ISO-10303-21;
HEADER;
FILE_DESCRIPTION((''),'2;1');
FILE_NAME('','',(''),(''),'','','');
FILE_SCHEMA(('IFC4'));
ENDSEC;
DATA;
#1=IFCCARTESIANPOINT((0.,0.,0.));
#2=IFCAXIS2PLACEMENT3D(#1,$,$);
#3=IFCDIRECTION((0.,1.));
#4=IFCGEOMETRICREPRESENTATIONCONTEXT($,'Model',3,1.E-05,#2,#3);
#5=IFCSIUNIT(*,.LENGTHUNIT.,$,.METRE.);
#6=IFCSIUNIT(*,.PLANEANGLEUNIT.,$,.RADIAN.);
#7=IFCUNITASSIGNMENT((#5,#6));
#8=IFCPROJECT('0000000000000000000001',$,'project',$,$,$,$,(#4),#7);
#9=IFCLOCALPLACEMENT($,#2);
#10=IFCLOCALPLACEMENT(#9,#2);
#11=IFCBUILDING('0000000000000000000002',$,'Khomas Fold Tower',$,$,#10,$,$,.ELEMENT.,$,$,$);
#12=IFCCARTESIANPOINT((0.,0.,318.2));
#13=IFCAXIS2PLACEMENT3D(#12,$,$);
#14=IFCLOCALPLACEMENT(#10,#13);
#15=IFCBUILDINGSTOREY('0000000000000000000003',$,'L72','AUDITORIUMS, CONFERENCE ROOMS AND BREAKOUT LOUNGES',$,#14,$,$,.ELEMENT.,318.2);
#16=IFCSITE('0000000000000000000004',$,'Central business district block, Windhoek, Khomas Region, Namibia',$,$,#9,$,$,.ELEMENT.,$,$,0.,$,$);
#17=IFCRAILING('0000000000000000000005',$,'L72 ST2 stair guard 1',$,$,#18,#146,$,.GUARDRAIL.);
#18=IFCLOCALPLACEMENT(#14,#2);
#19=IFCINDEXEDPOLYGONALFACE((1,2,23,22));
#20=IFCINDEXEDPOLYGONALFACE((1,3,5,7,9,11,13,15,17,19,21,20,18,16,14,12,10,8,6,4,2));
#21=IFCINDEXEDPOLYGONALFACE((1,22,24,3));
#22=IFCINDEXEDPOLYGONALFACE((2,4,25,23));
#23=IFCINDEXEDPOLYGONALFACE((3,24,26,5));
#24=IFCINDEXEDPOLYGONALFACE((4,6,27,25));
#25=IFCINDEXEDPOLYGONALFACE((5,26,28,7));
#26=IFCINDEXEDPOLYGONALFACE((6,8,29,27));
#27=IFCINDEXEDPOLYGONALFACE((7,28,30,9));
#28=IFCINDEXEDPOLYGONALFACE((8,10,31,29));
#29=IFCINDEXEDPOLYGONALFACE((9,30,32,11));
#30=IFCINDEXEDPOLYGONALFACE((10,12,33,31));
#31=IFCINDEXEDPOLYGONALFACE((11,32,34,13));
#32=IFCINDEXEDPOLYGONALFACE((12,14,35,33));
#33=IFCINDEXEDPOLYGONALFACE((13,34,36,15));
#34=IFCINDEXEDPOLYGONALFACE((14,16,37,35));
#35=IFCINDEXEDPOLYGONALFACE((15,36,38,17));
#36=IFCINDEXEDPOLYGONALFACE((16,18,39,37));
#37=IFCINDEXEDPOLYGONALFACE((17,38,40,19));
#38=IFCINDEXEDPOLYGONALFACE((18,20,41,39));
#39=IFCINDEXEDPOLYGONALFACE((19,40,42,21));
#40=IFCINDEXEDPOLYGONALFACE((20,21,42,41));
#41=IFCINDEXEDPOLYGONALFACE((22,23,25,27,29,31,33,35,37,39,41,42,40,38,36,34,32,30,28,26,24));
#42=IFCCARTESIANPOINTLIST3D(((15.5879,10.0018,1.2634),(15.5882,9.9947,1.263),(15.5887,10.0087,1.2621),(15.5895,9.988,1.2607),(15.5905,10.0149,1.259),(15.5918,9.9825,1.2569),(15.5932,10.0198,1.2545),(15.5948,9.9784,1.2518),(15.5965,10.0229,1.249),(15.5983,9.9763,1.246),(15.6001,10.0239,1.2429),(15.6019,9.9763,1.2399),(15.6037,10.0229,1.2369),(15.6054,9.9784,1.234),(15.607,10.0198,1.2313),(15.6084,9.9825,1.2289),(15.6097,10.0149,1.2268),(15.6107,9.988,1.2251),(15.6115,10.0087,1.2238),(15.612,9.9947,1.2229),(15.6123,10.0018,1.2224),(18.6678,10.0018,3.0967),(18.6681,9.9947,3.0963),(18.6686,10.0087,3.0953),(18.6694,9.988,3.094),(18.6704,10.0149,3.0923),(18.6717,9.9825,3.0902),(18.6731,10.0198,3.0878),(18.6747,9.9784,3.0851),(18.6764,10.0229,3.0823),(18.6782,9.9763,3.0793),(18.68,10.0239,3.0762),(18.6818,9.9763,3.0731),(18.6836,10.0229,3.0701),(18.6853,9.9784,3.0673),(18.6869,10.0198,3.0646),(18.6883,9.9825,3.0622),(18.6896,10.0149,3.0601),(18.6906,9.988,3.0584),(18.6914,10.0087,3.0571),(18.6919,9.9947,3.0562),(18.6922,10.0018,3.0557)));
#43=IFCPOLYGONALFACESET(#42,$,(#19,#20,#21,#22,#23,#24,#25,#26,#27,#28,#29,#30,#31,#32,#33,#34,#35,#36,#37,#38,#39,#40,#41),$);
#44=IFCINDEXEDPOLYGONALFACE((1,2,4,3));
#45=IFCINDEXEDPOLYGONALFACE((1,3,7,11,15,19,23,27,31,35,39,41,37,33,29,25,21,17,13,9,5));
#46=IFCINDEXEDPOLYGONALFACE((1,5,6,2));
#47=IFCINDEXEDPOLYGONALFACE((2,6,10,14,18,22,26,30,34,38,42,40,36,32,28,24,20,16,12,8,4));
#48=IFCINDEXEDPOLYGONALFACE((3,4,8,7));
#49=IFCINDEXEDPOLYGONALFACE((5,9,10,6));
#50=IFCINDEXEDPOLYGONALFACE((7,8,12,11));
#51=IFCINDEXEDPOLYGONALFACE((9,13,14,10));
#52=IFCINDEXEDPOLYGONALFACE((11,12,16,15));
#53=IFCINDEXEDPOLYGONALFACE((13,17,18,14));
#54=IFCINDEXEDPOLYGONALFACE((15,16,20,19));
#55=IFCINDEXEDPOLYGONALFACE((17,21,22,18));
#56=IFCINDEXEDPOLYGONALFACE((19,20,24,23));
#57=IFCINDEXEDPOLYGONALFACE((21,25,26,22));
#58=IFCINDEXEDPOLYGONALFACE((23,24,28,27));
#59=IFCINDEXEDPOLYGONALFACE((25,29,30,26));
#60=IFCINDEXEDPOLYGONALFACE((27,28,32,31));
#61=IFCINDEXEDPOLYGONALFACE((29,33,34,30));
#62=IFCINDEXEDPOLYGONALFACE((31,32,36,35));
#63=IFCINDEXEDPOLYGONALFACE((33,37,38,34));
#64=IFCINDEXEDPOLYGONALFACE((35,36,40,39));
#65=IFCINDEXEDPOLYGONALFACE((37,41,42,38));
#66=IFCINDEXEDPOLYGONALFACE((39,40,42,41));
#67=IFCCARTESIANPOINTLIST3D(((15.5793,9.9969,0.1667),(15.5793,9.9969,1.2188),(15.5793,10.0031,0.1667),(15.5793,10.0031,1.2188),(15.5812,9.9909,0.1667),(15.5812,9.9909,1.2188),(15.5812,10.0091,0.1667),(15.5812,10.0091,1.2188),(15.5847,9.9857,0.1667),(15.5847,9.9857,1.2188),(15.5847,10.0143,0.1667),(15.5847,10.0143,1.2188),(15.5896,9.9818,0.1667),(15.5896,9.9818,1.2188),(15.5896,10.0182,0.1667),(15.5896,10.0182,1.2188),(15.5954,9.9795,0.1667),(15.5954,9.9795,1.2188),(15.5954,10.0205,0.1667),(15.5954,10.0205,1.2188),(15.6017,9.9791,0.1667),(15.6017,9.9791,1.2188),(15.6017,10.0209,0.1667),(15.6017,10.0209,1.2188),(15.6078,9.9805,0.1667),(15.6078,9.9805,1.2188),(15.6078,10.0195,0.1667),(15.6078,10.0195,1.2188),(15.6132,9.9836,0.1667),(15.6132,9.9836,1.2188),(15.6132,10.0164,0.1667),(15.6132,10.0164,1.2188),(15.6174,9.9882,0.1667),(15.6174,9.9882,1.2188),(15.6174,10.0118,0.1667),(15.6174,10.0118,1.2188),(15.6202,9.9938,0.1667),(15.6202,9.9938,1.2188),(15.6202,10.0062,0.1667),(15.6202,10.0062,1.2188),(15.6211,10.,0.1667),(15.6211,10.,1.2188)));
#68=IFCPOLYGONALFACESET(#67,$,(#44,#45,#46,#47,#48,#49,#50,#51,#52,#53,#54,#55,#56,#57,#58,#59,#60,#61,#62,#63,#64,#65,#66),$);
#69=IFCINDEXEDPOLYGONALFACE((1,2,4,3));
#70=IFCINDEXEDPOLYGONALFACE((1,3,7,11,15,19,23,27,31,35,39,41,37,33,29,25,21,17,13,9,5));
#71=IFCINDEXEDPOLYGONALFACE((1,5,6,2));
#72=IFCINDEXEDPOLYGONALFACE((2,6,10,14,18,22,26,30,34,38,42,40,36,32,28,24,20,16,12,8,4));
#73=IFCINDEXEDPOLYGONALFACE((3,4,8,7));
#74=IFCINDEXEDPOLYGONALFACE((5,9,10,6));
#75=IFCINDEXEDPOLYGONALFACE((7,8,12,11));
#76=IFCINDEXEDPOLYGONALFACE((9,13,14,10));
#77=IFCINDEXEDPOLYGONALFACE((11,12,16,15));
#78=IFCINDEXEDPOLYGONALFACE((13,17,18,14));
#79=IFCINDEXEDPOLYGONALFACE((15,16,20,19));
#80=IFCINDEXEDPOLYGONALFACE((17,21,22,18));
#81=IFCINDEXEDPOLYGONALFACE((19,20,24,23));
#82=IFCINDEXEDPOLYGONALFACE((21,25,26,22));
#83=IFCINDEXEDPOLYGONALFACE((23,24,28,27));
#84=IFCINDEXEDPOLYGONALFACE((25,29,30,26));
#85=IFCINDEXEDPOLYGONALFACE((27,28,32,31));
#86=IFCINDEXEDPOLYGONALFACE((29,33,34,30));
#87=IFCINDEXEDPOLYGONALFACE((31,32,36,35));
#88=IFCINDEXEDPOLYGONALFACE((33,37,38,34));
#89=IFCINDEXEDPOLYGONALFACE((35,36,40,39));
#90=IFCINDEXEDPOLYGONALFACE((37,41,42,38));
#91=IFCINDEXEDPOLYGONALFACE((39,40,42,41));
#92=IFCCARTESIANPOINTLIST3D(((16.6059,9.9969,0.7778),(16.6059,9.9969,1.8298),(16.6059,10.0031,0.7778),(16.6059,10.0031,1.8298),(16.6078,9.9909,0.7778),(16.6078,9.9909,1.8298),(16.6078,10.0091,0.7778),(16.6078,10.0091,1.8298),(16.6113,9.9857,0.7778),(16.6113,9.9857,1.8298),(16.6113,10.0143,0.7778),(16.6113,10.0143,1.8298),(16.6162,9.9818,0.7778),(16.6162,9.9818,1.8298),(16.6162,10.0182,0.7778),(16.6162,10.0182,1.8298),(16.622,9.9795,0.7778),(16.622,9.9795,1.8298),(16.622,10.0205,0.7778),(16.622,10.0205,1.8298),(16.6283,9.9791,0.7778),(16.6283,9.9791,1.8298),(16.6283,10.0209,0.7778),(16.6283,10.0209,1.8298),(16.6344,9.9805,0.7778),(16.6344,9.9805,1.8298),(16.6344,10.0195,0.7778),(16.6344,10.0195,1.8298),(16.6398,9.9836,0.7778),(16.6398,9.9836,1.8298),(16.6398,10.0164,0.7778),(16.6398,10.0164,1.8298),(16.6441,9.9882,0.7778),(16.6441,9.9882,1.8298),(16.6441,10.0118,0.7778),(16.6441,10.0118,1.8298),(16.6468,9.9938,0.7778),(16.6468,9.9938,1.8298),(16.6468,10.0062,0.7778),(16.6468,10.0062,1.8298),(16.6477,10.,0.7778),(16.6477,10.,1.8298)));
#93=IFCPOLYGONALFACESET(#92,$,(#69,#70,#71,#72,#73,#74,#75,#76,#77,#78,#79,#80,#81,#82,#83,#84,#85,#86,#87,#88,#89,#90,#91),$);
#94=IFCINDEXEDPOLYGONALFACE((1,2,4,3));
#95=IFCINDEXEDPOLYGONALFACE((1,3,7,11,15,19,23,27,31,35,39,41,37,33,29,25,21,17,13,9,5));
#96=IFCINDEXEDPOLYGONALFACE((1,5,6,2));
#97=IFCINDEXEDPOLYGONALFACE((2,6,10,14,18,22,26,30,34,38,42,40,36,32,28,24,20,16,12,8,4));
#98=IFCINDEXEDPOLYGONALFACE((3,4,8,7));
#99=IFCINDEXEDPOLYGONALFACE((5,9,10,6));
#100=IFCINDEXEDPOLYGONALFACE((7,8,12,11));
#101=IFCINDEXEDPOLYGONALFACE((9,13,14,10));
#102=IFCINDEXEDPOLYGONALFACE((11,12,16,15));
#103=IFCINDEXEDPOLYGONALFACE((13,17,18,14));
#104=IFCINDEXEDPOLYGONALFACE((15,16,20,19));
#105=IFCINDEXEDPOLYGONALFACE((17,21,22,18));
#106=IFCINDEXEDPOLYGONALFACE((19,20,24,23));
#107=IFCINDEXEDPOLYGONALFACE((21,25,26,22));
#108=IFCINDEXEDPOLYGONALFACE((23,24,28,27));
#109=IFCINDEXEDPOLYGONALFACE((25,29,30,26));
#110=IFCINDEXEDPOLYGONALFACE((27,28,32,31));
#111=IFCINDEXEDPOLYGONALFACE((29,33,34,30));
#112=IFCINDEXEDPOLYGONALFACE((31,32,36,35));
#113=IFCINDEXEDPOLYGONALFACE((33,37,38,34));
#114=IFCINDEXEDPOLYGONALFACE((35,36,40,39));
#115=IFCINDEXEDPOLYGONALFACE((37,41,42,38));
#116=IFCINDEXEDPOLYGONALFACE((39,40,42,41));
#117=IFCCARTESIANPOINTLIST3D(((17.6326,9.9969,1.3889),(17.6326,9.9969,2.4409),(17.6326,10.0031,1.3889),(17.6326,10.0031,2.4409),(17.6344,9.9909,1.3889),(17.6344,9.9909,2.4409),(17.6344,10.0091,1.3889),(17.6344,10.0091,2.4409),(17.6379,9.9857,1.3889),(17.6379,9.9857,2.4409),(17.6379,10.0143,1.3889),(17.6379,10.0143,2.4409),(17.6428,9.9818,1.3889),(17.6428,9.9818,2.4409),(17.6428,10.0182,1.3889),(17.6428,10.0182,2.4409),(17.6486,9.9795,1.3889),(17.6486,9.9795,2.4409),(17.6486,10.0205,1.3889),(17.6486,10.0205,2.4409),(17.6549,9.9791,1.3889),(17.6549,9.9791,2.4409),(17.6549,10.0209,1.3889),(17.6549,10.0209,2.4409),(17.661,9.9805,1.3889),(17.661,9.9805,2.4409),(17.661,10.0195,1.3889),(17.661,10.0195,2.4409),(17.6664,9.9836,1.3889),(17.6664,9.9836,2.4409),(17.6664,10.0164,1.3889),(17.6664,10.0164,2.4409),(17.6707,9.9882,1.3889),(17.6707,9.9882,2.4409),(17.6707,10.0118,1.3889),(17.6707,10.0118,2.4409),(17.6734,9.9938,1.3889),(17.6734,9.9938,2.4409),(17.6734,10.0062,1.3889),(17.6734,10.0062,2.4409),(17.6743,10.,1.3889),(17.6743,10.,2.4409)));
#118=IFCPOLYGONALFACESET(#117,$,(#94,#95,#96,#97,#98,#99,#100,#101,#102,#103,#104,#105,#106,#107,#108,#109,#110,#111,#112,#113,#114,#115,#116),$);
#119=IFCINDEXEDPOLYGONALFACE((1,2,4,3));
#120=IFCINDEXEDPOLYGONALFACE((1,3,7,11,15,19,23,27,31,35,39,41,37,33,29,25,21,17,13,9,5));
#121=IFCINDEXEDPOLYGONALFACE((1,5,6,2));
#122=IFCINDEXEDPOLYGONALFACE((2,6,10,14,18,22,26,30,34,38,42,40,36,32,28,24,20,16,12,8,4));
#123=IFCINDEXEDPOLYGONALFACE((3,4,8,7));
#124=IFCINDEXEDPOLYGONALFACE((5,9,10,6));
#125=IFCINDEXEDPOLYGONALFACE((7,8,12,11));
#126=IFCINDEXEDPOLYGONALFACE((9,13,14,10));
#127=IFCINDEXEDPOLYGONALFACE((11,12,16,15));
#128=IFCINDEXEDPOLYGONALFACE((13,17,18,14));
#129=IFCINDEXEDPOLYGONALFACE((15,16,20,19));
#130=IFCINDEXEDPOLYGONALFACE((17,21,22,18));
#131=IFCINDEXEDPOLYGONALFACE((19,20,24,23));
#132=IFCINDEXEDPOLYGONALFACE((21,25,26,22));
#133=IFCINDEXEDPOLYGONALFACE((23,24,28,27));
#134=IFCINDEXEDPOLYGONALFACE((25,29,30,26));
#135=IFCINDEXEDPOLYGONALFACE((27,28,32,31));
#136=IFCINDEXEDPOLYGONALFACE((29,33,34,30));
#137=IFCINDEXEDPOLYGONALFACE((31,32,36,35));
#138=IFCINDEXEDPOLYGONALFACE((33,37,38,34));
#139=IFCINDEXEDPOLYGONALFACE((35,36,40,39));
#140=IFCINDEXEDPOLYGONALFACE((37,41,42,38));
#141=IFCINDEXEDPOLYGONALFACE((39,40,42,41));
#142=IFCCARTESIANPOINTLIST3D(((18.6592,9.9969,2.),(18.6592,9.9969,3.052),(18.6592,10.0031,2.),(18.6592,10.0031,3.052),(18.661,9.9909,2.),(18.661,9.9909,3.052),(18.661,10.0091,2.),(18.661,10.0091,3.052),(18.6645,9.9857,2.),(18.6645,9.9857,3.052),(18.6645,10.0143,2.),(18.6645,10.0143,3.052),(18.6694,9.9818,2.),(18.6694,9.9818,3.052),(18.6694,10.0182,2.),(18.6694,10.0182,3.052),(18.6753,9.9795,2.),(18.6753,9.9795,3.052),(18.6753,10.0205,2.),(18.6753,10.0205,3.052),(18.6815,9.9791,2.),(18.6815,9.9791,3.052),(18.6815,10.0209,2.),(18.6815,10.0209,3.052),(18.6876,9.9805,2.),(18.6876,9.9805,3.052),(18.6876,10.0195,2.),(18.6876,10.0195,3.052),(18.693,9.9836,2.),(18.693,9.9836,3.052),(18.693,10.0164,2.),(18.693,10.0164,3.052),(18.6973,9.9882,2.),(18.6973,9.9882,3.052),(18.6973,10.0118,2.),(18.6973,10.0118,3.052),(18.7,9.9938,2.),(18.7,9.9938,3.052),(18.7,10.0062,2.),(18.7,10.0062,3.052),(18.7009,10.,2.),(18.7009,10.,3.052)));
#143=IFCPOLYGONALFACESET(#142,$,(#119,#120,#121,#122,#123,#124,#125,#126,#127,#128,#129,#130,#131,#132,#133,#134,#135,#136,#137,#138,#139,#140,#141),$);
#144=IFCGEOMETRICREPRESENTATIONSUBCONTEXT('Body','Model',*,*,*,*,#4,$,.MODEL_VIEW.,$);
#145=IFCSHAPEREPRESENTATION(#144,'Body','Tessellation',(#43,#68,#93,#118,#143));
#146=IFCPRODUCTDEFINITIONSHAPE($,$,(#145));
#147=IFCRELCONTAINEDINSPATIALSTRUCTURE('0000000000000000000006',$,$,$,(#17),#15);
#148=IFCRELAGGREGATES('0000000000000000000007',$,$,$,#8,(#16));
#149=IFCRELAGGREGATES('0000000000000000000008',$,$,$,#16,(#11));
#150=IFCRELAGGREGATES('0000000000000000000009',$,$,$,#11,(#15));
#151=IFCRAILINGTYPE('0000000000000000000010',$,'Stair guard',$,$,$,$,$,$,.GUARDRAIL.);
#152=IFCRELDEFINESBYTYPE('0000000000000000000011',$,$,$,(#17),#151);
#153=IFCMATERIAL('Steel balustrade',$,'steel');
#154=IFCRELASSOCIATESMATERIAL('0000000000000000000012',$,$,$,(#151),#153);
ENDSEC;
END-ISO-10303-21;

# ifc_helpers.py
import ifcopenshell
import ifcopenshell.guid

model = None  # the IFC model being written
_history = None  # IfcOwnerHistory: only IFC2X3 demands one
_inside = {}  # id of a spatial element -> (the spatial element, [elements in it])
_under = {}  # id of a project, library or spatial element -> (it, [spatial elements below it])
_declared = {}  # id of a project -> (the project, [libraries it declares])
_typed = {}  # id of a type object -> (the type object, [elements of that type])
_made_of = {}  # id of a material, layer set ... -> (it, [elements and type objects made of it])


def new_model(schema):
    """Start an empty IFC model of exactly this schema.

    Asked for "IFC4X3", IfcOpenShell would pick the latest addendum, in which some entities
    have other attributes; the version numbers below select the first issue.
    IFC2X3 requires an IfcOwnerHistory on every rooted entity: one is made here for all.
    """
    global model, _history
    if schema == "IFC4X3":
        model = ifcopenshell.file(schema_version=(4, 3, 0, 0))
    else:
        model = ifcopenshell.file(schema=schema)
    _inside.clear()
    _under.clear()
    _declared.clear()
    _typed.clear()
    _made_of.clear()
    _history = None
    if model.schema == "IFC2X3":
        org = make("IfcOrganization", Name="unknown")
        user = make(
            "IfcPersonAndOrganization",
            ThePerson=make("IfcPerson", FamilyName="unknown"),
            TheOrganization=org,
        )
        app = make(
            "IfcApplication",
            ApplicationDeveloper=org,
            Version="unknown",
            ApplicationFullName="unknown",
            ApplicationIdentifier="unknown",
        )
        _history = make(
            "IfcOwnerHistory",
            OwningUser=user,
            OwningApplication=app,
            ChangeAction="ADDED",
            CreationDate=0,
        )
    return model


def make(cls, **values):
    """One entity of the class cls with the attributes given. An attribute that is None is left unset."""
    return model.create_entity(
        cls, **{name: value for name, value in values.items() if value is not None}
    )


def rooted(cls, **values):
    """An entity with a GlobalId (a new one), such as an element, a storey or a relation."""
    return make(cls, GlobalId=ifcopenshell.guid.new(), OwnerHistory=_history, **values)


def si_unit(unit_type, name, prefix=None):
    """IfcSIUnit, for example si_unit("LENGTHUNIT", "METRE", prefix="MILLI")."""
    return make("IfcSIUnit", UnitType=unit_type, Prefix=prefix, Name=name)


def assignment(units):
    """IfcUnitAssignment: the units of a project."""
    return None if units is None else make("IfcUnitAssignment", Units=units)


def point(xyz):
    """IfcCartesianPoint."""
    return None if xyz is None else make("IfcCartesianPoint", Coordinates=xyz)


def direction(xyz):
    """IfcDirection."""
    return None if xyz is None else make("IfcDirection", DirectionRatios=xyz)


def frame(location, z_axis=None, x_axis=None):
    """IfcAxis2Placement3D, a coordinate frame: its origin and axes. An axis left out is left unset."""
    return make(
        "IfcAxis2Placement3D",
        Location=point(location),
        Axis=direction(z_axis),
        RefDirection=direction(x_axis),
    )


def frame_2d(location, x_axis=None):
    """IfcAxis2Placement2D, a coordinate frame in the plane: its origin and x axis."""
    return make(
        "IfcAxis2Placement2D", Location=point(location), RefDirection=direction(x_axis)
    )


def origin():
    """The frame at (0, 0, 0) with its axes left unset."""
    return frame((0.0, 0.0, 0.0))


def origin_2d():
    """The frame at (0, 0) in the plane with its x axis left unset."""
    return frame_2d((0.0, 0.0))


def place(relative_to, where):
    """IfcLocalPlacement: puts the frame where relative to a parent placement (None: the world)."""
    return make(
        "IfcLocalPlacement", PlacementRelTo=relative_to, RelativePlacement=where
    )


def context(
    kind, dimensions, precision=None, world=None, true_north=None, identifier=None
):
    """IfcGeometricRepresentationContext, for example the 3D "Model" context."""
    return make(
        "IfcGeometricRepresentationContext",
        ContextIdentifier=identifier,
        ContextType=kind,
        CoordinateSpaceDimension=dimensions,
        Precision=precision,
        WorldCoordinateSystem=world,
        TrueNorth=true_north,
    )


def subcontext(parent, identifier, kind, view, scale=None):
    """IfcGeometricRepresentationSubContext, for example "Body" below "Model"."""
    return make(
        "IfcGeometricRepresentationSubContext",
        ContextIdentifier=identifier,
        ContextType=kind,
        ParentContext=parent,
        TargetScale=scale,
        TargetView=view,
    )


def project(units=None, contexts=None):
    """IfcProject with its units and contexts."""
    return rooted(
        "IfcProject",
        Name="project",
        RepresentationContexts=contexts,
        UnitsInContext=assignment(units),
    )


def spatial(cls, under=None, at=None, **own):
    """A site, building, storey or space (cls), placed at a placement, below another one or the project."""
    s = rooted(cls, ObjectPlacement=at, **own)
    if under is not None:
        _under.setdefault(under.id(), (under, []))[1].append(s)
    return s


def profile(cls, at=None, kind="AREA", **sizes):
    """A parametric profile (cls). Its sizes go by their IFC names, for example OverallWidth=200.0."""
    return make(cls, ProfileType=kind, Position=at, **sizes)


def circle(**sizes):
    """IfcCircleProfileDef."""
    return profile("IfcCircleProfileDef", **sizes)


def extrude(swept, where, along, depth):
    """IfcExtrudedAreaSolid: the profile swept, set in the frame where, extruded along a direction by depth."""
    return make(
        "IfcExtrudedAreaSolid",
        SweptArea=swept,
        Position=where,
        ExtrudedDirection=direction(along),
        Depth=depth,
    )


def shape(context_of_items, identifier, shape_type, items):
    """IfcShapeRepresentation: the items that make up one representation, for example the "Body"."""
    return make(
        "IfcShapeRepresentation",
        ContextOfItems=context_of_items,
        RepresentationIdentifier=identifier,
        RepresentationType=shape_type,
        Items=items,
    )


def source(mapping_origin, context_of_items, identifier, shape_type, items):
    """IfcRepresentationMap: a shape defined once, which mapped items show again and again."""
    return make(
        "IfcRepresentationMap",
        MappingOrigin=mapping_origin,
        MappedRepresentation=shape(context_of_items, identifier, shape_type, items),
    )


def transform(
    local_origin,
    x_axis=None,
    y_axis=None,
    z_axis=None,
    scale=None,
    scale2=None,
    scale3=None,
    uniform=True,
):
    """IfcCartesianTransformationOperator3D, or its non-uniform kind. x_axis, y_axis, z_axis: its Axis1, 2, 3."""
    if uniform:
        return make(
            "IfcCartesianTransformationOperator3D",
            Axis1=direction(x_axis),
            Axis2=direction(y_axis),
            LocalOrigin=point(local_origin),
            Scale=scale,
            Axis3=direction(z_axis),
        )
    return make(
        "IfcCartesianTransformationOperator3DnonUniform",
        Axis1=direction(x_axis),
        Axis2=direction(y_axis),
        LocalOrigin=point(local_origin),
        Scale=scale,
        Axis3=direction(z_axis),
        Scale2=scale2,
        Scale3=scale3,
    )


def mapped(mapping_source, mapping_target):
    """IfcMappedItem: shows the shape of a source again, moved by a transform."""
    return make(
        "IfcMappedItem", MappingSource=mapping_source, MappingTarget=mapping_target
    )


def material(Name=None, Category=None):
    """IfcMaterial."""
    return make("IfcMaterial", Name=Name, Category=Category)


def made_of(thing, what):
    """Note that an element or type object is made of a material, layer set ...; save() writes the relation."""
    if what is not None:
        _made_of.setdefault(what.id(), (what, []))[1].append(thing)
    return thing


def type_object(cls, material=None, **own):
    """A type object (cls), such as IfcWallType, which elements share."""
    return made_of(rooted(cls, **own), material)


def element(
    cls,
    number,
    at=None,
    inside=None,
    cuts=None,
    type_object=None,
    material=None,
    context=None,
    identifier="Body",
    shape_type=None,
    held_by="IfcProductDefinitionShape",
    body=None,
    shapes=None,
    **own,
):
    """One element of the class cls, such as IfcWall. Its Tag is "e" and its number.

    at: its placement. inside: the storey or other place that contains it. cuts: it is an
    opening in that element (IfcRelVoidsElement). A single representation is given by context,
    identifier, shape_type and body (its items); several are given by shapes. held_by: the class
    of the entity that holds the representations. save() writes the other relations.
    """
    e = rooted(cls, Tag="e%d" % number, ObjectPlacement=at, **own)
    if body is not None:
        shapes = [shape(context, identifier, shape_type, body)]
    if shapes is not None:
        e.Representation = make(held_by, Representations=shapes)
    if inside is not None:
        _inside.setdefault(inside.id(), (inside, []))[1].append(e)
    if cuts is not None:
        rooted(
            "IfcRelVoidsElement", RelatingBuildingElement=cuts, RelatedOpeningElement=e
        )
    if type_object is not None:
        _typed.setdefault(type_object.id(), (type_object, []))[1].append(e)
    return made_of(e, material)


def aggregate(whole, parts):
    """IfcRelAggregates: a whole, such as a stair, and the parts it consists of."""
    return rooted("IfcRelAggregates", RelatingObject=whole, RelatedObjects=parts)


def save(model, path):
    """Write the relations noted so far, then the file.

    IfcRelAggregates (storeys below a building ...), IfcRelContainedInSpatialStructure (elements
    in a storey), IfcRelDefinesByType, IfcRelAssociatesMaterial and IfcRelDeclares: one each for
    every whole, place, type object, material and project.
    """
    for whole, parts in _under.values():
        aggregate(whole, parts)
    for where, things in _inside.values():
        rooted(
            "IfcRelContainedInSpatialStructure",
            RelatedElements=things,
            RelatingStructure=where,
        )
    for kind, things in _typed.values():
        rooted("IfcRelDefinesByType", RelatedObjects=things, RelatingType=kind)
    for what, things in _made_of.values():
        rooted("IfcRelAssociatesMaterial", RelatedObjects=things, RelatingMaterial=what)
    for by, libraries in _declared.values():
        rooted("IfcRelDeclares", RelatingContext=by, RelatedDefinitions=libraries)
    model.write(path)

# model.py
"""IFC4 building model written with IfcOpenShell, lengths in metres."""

from ifc_helpers import new_model, si_unit, direction, frame, origin, origin_2d, place, context, subcontext, project, spatial, circle, extrude, source, transform, mapped, material, type_object, element, save


model = new_model("IFC4")

# Units and contexts
model_context = context("Model", 3, precision=1e-05, world=origin(), true_north=direction((0.0, 1.0)))
body_context = subcontext(model_context, "Body", "Model", "MODEL_VIEW")
ifc_project = project(units=[si_unit("LENGTHUNIT", "METRE"), si_unit("PLANEANGLEUNIT", "RADIAN")], contexts=[model_context])

# Site, building, storey
site_placement = place(None, origin())
site = spatial("IfcSite", under=ifc_project, at=site_placement, Name="Central business district block, Windhoek, Khomas Region, Namibia", CompositionType="ELEMENT", RefElevation=0.0)
building_placement = place(site_placement, origin())
building = spatial("IfcBuilding", under=site, at=building_placement, Name="Khomas Fold Tower", CompositionType="ELEMENT")
storey_placement = place(building_placement, frame((0.0, 0.0, 318.2)))
storey = spatial("IfcBuildingStorey", under=building, at=storey_placement, Name="L72", Description="AUDITORIUMS, CONFERENCE ROOMS AND BREAKOUT LOUNGES", CompositionType="ELEMENT", Elevation=318.2)

# Railing
ifc_material_1 = material(Name="Steel balustrade", Category="steel")
railing_type_1 = type_object("IfcRailingType", Name="Stair guard", PredefinedType="GUARDRAIL", material=ifc_material_1)
shared_shape_1 = source(origin(), body_context, "Body", "SweptSolid", [
    extrude(circle(Radius=0.0239, at=origin_2d()), frame((0.0, 0.0, 1.0762), z_axis=(0.859291, 0.0, 0.511487), x_axis=(0.0, 1.0, 0.0)), (0.0, 0.0, 1.0), 3.5842),
    extrude(circle(Radius=0.021, at=origin_2d()), origin(), (0.0, 0.0, 1.0), 1.052),
    extrude(circle(Radius=0.021, at=origin_2d()), frame((1.0266, 0.0, 0.6111)), (0.0, 0.0, 1.0), 1.052),
    extrude(circle(Radius=0.021, at=origin_2d()), frame((2.0532, 0.0, 1.2222)), (0.0, 0.0, 1.0), 1.052),
    extrude(circle(Radius=0.021, at=origin_2d()), frame((3.0798, 0.0, 1.8333)), (0.0, 0.0, 1.0), 1.052),
])
railing_1_placement = place(storey_placement, frame((15.6001, 10.0, 0.1667)))
element("IfcRailing", 1, at=railing_1_placement, inside=storey, type_object=railing_type_1, Name="L72 ST2 stair guard 1", PredefinedType="GUARDRAIL", context=body_context, shape_type="MappedRepresentation", body=[
    mapped(shared_shape_1, transform((0.0, 0.0, 0.0))),
])

save(model, "model.ifc")
